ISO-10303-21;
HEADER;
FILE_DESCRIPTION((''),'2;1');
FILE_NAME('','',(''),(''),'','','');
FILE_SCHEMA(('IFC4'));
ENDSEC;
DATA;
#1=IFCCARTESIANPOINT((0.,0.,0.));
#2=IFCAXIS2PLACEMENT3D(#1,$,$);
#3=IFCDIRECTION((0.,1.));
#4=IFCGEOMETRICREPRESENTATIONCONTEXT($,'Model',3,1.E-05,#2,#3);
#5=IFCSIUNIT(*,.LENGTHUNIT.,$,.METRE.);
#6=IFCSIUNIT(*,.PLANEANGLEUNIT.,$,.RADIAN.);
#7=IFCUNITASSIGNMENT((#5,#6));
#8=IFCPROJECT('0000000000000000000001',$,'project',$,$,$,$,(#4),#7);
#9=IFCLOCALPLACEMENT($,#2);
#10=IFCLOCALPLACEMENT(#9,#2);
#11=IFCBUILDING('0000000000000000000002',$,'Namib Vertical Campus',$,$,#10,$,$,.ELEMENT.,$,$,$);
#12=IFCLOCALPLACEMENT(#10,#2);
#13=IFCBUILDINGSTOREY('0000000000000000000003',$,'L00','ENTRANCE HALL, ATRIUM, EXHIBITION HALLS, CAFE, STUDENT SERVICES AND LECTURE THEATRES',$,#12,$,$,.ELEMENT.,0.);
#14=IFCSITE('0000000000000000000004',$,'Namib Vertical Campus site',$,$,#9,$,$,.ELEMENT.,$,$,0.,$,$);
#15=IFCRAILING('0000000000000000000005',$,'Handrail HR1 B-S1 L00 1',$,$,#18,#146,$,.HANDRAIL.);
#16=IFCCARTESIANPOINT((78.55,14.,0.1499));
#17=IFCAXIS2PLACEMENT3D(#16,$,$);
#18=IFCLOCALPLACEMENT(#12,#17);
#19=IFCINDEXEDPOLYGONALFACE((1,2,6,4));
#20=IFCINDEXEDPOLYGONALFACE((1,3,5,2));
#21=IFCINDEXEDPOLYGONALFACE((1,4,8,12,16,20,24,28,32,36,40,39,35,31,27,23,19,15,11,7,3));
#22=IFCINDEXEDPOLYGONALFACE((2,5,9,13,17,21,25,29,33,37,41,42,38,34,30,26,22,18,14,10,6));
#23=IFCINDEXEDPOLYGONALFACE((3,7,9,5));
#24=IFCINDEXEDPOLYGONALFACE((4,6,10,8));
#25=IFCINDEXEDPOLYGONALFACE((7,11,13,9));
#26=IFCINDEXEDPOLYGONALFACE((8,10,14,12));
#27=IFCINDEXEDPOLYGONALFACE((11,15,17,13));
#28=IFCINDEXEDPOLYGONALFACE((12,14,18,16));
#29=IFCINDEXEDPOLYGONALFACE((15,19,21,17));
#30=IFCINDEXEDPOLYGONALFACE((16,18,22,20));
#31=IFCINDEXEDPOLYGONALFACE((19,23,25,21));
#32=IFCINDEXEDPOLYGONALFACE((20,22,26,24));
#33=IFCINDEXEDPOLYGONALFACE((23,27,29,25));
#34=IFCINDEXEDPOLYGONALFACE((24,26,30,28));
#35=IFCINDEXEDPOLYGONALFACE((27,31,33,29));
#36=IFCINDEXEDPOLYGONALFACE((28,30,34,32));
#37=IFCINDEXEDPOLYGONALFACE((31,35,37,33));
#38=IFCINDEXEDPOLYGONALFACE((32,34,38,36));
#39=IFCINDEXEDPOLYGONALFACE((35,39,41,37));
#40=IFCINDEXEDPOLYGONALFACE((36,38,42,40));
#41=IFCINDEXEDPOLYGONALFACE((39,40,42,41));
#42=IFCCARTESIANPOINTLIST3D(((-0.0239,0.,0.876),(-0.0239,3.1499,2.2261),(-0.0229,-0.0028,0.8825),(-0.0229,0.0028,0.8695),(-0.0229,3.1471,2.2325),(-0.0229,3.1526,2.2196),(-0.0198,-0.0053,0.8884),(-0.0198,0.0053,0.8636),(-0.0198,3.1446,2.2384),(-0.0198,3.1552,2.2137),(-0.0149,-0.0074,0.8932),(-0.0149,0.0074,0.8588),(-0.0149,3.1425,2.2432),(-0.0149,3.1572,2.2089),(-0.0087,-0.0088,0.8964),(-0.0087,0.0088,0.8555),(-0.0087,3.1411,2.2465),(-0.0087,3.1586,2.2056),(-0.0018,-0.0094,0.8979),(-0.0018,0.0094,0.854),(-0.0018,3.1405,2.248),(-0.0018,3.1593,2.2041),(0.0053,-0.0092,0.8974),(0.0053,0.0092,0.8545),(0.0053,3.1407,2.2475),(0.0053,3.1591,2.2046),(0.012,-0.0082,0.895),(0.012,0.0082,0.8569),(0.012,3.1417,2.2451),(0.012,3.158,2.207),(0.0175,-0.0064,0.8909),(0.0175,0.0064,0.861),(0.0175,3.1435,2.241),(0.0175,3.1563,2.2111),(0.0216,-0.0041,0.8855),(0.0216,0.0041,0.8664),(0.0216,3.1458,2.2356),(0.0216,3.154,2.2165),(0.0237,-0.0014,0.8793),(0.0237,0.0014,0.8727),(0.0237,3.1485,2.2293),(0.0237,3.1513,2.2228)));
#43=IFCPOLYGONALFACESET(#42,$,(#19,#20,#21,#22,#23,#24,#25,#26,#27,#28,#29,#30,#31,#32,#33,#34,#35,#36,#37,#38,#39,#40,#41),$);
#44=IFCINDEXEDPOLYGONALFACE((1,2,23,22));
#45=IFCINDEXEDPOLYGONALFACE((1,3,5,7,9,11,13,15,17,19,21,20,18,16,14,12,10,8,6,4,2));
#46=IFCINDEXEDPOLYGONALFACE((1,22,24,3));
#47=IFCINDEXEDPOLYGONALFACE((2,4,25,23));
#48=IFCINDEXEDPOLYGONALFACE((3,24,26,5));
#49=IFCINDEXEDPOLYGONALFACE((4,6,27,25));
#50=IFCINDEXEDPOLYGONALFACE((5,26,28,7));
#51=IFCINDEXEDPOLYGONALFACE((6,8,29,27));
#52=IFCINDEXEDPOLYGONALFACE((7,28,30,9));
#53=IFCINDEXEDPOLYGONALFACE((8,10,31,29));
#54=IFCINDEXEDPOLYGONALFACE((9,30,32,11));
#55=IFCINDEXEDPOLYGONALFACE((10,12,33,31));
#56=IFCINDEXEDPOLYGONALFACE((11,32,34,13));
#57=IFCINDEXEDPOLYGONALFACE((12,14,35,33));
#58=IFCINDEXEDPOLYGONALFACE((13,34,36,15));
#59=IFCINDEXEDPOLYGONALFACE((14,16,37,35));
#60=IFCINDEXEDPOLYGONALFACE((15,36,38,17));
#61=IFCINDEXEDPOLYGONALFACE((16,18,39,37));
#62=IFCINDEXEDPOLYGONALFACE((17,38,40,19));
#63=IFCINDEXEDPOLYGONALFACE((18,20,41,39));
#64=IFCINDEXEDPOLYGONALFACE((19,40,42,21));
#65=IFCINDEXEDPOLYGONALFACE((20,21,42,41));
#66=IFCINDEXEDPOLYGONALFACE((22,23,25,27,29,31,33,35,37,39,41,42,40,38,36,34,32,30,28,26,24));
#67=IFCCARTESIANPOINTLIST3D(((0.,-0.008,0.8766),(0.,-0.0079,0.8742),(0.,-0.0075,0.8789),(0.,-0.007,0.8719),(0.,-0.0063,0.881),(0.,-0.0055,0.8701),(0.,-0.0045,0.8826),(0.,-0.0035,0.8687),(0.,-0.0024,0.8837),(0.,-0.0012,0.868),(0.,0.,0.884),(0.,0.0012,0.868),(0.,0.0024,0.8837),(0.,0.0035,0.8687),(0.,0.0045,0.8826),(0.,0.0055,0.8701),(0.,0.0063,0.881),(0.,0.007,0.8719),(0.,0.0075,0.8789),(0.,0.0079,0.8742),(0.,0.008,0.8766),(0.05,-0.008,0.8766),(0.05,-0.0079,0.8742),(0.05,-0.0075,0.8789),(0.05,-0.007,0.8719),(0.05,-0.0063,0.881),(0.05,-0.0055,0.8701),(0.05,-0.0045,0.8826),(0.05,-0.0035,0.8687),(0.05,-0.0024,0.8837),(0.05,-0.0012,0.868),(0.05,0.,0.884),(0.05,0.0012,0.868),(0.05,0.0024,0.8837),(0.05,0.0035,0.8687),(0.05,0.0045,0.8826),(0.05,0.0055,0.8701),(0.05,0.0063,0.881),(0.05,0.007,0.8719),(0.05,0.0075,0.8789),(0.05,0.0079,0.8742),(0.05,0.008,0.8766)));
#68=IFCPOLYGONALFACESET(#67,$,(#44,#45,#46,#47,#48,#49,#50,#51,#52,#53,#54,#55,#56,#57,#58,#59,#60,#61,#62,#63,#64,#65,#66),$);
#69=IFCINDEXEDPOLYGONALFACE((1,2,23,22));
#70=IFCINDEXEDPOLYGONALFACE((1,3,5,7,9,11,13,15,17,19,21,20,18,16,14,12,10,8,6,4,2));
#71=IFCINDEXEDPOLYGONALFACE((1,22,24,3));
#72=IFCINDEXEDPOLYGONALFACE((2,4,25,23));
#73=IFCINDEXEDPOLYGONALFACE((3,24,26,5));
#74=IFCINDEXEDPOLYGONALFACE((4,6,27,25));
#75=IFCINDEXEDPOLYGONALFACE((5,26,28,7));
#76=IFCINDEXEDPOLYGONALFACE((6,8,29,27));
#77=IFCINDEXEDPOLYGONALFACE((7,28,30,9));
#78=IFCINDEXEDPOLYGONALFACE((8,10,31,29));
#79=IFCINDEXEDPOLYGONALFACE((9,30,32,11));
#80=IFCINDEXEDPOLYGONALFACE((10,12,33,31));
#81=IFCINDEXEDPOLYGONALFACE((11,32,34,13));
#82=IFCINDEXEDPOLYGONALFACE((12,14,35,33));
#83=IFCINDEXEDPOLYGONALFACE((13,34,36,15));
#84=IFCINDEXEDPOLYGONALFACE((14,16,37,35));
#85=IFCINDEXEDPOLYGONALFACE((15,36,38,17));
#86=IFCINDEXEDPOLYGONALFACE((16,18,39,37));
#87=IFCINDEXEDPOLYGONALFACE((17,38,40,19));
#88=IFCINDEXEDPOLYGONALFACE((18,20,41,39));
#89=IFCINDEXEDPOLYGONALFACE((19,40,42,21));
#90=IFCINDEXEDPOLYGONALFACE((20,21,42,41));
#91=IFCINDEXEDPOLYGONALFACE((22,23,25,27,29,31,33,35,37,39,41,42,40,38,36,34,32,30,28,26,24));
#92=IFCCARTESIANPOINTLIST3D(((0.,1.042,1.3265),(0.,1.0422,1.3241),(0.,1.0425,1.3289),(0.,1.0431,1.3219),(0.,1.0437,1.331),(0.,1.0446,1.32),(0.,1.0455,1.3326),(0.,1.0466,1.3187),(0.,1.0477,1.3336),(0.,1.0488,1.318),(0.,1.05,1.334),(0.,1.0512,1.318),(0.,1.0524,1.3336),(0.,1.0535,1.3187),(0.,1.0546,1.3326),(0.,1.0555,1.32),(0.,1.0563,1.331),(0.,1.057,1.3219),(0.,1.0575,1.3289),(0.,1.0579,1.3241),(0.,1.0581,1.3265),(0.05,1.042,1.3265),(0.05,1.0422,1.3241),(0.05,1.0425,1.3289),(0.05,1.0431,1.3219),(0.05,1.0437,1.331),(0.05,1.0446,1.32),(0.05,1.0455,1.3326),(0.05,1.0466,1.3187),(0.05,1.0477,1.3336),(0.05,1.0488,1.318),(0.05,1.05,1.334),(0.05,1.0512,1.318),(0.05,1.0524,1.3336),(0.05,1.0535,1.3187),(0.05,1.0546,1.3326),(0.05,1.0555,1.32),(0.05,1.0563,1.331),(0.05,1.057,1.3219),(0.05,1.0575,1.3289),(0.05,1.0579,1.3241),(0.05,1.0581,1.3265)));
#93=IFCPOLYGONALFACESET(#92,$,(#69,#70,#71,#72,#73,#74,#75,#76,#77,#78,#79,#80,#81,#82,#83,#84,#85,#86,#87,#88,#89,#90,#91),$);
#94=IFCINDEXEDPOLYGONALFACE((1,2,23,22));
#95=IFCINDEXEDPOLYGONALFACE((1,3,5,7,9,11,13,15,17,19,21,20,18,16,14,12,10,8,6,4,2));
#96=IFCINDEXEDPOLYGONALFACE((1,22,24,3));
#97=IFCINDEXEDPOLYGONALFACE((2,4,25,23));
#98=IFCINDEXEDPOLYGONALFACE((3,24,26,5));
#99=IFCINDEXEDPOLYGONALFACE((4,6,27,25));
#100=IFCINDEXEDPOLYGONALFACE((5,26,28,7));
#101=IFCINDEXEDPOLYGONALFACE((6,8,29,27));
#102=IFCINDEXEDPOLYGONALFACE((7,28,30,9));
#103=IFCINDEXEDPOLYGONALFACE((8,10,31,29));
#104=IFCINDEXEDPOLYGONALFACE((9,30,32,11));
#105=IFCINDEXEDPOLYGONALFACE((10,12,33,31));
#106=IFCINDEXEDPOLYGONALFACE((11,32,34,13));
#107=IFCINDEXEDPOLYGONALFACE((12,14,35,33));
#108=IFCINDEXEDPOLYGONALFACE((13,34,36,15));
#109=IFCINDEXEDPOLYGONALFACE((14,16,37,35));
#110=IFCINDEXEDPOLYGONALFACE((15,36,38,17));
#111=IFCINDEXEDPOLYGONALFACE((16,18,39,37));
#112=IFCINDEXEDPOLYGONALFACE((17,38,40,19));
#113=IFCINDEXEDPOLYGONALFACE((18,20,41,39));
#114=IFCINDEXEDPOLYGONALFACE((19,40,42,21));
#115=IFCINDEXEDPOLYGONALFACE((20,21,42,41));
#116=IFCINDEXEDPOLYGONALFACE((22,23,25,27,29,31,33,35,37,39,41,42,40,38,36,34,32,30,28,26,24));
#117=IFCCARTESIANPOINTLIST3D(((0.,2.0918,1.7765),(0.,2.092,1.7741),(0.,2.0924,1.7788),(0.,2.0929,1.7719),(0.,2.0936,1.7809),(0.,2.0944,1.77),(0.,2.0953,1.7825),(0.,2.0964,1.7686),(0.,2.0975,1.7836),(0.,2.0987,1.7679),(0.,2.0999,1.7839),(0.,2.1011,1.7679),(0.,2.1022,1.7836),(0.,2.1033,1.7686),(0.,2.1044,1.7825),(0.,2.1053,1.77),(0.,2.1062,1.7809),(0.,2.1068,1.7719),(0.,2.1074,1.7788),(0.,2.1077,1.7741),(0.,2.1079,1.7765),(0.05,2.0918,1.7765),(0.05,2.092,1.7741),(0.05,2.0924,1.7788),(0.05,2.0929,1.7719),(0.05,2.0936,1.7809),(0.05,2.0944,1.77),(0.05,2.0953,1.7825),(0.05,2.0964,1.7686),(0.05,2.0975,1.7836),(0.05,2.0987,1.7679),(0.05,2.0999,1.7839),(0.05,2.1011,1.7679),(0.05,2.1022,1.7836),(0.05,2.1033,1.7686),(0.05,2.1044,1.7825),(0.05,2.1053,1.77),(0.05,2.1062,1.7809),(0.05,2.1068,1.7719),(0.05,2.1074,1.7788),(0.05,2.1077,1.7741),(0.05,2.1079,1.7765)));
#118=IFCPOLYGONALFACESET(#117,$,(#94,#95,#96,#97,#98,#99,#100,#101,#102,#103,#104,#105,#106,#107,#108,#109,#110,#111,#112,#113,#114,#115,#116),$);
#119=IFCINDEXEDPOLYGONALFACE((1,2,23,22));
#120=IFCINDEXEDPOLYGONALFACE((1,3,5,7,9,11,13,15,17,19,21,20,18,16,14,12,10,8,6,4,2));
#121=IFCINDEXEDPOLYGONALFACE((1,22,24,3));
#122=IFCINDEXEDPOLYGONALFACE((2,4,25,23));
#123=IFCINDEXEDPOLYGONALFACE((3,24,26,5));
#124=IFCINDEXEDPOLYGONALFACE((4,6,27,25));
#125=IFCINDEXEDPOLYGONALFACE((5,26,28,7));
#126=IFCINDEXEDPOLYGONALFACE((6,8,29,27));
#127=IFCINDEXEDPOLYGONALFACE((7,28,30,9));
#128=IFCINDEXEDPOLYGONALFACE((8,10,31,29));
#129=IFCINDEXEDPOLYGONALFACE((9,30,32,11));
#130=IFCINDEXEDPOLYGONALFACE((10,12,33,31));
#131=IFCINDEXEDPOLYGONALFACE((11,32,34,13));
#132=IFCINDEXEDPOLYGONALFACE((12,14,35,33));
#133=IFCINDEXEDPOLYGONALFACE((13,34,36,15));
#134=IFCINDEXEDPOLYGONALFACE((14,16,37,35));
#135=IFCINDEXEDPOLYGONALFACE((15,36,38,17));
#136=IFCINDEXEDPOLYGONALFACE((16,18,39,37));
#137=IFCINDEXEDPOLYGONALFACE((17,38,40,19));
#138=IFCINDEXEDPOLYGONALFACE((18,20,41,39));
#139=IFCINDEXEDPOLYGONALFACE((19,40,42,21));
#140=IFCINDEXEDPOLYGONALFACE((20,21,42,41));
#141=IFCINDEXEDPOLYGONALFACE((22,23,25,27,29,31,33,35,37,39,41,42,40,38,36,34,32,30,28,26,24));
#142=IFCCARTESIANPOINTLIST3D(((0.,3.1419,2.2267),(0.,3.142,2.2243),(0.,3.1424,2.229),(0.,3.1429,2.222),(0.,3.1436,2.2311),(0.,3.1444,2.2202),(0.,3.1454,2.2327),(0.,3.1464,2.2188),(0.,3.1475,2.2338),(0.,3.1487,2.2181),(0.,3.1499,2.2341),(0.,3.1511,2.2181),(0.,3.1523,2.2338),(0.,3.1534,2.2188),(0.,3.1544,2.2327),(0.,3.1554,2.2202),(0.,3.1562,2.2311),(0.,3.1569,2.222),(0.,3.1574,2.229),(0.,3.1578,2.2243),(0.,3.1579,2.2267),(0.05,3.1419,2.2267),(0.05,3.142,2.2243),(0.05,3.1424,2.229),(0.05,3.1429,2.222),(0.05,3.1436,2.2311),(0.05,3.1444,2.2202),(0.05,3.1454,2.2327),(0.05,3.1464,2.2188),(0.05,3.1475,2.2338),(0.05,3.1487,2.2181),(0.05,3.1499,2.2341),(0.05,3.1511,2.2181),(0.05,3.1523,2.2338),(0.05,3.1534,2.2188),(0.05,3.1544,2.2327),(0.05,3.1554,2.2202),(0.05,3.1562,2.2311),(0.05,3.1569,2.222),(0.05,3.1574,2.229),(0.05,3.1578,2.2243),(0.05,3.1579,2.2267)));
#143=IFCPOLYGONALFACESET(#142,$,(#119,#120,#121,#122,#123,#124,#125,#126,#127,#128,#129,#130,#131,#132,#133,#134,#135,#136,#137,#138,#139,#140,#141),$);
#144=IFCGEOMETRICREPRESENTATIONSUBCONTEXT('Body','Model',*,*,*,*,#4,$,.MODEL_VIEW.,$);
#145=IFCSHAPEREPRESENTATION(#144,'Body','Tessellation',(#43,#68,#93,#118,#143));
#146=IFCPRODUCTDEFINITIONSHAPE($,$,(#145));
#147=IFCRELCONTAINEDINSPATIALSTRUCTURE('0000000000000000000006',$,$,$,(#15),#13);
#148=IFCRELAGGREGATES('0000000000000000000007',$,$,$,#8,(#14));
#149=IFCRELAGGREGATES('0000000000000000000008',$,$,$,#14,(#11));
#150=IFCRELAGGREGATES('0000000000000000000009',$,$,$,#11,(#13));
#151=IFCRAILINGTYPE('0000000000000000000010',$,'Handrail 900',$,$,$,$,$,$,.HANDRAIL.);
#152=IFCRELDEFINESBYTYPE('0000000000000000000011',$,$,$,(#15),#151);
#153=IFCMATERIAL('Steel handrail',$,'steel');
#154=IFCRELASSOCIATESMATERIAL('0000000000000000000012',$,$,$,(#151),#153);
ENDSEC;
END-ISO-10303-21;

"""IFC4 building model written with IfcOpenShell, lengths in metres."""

from ifc_helpers import new_model, si_unit, direction, frame, origin, origin_2d, place, context, subcontext, project, spatial, circle, extrude, material, type_object, element, save


model = new_model("IFC4")

# Units and contexts
model_context = context("Model", 3, precision=1e-05, world=origin(), true_north=direction((0.0, 1.0)))
body_context = subcontext(model_context, "Body", "Model", "MODEL_VIEW")
ifc_project = project(units=[si_unit("LENGTHUNIT", "METRE"), si_unit("PLANEANGLEUNIT", "RADIAN")], contexts=[model_context])

# Site, building, storey
site_placement = place(None, origin())
site = spatial("IfcSite", under=ifc_project, at=site_placement, Name="Namib Vertical Campus site", CompositionType="ELEMENT", RefElevation=0.0)
building_placement = place(site_placement, origin())
building = spatial("IfcBuilding", under=site, at=building_placement, Name="Namib Vertical Campus", CompositionType="ELEMENT")
storey_placement = place(building_placement, origin())
storey = spatial("IfcBuildingStorey", under=building, at=storey_placement, Name="L00", Description="ENTRANCE HALL, ATRIUM, EXHIBITION HALLS, CAFE, STUDENT SERVICES AND LECTURE THEATRES", CompositionType="ELEMENT", Elevation=0.0)

# Railing
ifc_material_1 = material(Name="Steel handrail", Category="steel")
railing_type = type_object("IfcRailingType", Name="Handrail 900", PredefinedType="HANDRAIL", material=ifc_material_1)
for number, where, name in (
    (1, (78.55, 14.0, 0.1499), "Handrail HR1 B-S1 L00 1"),
):
    element("IfcRailing", number, at=place(storey_placement, frame(where)), inside=storey, type_object=railing_type, Name=name, PredefinedType="HANDRAIL", context=body_context, shape_type="SweptSolid", body=[
        extrude(circle(Radius=0.0239, at=origin_2d()), frame((0.0, 0.0, 0.876), z_axis=(0.0, 0.91913, 0.393954), x_axis=(-1.0, 0.0, 0.0)), (0.0, 0.0, 1.0), 3.427),
        extrude(circle(Radius=0.0081, at=origin_2d()), frame((0.0, 0.0, 0.876), z_axis=(1.0, 0.0, 0.0), x_axis=(0.0, 0.0, 1.0)), (0.0, 0.0, 1.0), 0.05),
        extrude(circle(Radius=0.0081, at=origin_2d()), frame((0.0, 1.05, 1.3259), z_axis=(1.0, 0.0, 0.0), x_axis=(0.0, 0.0, 1.0)), (0.0, 0.0, 1.0), 0.05),
        extrude(circle(Radius=0.0081, at=origin_2d()), frame((0.0, 2.0999, 1.7759), z_axis=(1.0, 0.0, 0.0), x_axis=(0.0, 0.0, 1.0)), (0.0, 0.0, 1.0), 0.05),
        extrude(circle(Radius=0.0081, at=origin_2d()), frame((0.0, 3.1499, 2.2261), z_axis=(1.0, 0.0, 0.0), x_axis=(0.0, 0.0, 1.0)), (0.0, 0.0, 1.0), 0.05),
    ])

save(model, "model.ifc")
